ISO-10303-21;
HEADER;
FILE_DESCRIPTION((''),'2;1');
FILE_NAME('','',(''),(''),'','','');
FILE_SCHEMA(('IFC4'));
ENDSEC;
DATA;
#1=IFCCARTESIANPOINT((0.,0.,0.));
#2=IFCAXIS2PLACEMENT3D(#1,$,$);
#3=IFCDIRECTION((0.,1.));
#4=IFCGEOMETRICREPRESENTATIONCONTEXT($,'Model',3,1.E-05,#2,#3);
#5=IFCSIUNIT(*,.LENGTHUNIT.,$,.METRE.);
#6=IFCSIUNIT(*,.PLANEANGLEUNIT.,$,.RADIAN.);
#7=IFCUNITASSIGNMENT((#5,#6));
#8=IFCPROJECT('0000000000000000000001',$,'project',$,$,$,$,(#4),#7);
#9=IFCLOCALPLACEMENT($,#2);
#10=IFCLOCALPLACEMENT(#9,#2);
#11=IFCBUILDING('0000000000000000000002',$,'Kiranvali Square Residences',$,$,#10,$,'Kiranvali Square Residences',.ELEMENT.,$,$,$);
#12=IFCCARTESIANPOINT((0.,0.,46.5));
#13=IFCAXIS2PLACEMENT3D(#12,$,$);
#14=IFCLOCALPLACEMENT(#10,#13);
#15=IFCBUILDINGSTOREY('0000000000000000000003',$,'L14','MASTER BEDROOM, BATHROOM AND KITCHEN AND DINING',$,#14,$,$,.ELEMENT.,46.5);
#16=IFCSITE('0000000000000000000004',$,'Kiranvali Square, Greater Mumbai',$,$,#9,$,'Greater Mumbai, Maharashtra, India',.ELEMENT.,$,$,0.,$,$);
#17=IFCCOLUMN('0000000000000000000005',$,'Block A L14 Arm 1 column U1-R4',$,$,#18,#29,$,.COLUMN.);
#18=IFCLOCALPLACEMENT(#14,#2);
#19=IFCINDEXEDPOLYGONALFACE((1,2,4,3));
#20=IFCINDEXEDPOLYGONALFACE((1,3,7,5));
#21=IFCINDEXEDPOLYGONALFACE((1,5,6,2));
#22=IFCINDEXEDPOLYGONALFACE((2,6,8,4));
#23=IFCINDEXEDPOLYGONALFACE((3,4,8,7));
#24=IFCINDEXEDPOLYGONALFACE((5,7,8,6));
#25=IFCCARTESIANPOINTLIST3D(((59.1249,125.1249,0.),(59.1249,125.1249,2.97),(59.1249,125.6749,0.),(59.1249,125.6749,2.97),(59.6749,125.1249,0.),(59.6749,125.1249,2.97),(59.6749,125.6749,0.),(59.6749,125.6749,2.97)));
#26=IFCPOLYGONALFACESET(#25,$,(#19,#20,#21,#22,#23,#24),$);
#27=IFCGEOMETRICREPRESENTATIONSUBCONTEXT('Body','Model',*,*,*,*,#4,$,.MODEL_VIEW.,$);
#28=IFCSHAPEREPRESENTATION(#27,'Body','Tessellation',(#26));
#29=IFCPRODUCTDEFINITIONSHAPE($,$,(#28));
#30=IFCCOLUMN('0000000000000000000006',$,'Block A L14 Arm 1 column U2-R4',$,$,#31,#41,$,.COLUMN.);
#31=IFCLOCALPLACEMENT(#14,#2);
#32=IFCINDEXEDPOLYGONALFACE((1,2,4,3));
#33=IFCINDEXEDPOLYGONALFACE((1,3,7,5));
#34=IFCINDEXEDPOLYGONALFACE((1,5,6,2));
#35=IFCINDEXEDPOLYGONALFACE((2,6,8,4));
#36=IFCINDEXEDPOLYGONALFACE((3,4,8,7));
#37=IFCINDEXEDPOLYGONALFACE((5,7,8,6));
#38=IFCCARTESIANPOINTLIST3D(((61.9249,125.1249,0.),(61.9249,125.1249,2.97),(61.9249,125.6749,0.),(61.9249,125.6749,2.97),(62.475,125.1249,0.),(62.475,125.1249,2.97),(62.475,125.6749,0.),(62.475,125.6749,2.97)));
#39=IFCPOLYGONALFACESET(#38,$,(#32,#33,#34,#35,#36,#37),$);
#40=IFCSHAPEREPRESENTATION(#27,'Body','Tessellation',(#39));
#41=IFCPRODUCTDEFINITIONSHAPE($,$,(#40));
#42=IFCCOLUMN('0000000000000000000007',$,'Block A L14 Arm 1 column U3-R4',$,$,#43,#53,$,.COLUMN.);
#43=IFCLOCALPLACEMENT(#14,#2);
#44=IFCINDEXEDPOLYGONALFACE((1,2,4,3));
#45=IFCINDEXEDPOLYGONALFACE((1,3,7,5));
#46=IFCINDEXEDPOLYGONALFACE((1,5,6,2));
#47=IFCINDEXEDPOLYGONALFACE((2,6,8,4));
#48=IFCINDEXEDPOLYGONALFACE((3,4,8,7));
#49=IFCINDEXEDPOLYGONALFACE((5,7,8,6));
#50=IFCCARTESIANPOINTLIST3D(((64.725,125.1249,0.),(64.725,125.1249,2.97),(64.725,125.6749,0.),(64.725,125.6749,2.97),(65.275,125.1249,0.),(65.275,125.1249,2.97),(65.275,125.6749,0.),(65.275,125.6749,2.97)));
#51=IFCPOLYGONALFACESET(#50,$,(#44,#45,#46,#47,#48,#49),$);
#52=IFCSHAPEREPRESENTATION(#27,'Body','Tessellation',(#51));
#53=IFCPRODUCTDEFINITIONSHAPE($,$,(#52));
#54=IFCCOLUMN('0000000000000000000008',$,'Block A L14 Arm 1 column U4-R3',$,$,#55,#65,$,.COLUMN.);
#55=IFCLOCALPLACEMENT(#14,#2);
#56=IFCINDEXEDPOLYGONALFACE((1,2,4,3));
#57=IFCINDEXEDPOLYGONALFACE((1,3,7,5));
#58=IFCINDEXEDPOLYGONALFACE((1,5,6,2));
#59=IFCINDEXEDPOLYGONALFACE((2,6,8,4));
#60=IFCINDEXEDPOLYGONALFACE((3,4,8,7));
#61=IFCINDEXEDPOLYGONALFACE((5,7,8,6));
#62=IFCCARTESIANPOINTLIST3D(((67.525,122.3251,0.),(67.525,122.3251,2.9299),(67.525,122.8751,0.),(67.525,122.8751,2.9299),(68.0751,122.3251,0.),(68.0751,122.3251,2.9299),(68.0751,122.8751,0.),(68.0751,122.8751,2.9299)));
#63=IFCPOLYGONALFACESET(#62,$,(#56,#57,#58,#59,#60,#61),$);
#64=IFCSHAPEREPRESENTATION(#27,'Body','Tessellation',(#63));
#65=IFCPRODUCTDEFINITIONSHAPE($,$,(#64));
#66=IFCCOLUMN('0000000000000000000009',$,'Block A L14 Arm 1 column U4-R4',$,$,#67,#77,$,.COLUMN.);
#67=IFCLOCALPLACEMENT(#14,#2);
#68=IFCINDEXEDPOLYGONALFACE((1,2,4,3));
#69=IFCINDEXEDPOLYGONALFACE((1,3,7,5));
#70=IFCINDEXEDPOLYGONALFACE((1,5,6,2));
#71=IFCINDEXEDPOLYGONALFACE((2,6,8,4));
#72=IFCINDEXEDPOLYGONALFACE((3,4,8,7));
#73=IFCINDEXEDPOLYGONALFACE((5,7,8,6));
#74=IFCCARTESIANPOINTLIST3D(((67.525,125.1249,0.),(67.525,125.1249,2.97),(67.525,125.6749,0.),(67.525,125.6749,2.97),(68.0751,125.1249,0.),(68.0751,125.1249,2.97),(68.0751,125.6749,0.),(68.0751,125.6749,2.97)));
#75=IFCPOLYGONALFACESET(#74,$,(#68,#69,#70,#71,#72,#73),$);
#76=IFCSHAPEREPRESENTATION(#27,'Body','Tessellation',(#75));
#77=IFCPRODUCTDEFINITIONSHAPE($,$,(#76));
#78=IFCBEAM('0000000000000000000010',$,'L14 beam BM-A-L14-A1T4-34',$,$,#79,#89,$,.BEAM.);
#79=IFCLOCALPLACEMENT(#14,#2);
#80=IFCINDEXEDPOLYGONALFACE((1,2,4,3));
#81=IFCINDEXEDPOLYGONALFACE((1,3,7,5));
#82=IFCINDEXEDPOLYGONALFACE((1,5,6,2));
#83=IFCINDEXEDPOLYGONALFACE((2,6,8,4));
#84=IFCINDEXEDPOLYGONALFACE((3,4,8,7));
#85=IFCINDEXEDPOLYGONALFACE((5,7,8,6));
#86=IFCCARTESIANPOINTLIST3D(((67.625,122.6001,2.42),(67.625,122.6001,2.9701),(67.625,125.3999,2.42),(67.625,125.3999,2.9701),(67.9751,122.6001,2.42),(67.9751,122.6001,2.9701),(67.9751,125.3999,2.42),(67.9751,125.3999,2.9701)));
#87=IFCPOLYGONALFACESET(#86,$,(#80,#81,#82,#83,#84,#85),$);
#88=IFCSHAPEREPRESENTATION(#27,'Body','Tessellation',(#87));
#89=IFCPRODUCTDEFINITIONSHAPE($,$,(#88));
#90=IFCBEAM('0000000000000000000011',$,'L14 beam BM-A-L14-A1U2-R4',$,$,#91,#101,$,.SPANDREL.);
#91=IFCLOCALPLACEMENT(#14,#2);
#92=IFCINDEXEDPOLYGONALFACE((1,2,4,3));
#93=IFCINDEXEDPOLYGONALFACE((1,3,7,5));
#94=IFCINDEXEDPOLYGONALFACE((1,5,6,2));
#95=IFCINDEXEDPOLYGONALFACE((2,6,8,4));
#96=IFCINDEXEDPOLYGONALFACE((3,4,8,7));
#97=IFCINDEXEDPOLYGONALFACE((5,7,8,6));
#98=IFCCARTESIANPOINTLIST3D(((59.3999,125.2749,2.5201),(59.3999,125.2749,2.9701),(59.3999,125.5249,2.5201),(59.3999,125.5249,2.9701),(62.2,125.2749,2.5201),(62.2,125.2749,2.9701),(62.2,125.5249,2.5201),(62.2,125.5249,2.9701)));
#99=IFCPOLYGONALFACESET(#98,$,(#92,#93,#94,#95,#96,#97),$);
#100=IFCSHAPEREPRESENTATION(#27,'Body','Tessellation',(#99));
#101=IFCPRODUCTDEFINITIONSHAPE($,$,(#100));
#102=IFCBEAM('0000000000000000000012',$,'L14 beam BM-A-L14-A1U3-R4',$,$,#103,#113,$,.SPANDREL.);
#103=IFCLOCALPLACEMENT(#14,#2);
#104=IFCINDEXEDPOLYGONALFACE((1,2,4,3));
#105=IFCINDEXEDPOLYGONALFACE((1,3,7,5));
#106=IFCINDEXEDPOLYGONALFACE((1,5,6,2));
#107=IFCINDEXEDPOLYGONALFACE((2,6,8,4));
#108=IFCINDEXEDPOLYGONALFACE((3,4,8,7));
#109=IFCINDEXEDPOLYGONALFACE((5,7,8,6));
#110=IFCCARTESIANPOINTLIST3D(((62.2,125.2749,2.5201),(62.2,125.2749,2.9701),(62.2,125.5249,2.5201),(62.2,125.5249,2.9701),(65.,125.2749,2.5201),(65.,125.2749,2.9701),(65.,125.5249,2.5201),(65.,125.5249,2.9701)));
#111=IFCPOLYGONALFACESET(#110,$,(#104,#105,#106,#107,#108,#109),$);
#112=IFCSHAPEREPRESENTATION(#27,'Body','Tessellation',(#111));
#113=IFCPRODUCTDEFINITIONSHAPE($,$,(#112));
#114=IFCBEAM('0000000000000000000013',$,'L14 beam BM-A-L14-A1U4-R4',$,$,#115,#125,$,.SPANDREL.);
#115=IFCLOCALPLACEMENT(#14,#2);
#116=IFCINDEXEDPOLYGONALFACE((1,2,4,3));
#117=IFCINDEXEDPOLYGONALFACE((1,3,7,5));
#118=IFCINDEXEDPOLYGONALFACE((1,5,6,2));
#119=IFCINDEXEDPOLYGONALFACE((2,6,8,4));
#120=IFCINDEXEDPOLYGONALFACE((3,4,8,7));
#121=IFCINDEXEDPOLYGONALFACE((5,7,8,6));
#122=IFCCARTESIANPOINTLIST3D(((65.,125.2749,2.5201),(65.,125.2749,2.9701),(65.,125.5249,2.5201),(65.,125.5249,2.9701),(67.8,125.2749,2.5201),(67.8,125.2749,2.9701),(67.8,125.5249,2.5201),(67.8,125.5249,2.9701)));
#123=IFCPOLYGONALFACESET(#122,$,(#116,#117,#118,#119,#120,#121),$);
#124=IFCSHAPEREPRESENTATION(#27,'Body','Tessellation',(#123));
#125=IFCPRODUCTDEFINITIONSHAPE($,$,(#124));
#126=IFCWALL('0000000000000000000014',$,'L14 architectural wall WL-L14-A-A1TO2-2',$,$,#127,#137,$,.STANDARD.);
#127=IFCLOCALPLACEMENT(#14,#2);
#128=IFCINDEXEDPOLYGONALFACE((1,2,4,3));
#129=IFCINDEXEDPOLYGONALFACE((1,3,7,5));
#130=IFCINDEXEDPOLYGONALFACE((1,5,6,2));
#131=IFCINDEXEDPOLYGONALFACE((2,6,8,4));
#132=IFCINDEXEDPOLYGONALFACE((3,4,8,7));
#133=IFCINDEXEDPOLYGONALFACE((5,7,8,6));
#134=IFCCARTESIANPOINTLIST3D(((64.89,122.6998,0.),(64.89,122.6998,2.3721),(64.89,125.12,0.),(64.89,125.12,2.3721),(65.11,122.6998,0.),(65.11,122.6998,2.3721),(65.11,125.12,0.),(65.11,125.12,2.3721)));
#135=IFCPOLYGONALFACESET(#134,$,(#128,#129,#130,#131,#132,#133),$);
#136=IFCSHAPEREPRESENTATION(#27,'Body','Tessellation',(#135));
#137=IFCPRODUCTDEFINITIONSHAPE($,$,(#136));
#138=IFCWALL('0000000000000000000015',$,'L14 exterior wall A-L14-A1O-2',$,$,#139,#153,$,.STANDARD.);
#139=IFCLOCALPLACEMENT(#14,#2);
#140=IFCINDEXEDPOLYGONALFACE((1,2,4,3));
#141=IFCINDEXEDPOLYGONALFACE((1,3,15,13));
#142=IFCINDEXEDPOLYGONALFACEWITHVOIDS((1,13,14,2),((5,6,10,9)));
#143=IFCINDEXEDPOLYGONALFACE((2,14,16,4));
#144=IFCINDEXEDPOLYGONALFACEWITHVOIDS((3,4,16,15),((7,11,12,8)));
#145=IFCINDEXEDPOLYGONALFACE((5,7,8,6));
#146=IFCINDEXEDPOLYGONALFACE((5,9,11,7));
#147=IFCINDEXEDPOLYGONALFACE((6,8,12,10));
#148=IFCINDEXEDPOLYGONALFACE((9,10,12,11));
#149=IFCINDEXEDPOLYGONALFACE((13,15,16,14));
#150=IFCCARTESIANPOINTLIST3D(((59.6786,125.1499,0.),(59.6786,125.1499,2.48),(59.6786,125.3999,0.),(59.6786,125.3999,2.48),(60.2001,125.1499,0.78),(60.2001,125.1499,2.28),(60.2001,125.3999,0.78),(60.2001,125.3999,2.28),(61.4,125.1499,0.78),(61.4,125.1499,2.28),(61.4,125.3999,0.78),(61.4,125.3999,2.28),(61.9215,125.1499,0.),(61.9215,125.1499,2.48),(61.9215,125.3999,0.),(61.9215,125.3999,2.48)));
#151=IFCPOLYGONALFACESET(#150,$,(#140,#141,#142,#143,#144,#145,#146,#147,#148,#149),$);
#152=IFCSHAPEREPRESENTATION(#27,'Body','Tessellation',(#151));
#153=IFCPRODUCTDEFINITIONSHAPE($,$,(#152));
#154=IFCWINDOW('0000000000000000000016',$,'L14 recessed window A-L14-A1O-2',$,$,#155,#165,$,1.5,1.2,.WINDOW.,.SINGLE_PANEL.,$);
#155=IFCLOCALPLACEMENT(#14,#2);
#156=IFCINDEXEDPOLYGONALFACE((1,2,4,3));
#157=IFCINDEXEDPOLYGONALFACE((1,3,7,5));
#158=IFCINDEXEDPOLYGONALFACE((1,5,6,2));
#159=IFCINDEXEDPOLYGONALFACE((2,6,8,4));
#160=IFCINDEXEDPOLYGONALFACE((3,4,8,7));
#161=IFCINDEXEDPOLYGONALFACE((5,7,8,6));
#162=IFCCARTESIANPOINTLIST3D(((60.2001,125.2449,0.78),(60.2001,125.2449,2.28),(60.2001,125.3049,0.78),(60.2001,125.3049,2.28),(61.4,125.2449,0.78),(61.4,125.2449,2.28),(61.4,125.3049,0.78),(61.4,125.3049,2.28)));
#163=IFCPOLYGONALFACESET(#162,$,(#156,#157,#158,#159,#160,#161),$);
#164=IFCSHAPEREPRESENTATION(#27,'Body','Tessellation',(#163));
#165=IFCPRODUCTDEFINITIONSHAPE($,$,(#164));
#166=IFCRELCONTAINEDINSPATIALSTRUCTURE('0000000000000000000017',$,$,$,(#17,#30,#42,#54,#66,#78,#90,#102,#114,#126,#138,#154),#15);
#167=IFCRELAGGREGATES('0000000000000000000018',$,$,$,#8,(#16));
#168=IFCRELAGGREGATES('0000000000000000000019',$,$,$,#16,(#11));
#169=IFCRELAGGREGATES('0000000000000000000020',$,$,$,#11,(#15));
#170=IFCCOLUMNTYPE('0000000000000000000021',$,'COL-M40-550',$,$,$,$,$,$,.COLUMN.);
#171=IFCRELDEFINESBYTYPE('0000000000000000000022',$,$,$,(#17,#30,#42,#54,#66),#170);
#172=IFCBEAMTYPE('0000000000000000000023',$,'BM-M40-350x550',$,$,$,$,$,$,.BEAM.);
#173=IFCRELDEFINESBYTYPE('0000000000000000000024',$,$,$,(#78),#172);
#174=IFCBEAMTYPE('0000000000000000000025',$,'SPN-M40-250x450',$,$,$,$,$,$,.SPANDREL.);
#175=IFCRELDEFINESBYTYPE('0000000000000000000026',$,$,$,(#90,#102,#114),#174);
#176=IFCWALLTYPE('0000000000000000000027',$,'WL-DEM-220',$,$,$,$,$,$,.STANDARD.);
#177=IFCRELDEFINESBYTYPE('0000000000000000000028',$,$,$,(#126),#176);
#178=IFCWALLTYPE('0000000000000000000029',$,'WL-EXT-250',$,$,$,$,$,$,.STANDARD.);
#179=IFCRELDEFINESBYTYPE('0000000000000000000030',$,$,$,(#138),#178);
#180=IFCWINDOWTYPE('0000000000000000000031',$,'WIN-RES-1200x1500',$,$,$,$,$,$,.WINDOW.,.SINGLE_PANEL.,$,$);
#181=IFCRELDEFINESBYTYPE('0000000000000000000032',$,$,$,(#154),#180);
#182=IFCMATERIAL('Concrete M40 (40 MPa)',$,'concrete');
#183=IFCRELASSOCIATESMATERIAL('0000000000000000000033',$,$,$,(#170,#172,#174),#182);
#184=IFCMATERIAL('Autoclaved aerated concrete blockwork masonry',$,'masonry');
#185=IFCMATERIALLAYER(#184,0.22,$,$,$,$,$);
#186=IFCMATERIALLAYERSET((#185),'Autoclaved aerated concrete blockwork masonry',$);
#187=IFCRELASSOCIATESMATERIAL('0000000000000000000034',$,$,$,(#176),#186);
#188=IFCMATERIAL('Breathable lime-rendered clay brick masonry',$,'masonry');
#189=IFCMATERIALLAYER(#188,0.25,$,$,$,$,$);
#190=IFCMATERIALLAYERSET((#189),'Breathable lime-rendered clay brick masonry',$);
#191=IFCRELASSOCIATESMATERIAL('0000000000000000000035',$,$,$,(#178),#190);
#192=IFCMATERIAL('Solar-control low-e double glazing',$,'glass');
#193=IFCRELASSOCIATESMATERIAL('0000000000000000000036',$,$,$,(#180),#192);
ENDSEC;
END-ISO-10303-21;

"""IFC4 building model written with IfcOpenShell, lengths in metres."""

from ifc_helpers import new_model, si_unit, direction, frame, frame_2d, origin, origin_2d, place, context, subcontext, project, spatial, rectangle, extrude, material, layer, layer_set, material_profile, profile_set, type_object, element, fill, save


model = new_model("IFC4")

# Units and contexts
model_context = context("Model", 3, precision=1e-05, world=origin(), true_north=direction((0.0, 1.0)))
body_context = subcontext(model_context, "Body", "Model", "MODEL_VIEW")
ifc_project = project(units=[si_unit("LENGTHUNIT", "METRE"), si_unit("PLANEANGLEUNIT", "RADIAN")], contexts=[model_context])

# Site, building, storey
site_placement = place(None, origin())
site = spatial("IfcSite", under=ifc_project, at=site_placement, Name="Kiranvali Square, Greater Mumbai", LongName="Greater Mumbai, Maharashtra, India", CompositionType="ELEMENT", RefElevation=0.0)
building_placement = place(site_placement, origin())
building = spatial("IfcBuilding", under=site, at=building_placement, Name="Kiranvali Square Residences", LongName="Kiranvali Square Residences", CompositionType="ELEMENT")
storey_placement = place(building_placement, frame((0.0, 0.0, 46.5)))
storey = spatial("IfcBuildingStorey", under=building, at=storey_placement, Name="L14", Description="MASTER BEDROOM, BATHROOM AND KITCHEN AND DINING", CompositionType="ELEMENT", Elevation=46.5)

# Columns
ifc_material_1 = material(Name="Concrete M40 (40 MPa)", Category="concrete")
ifc_material_profile_1 = material_profile(ifc_material_1, rectangle(XDim=0.55, YDim=0.55, at=origin_2d()), Name="RC 550x550")
ifc_profile_set_1 = profile_set([ifc_material_profile_1], Name="Concrete M40 (40 MPa)")
column_type = type_object("IfcColumnType", Name="COL-M40-550", PredefinedType="COLUMN", material=ifc_profile_set_1)
for number, where, z_axis, x_axis, name in (
    (1, (59.3999, 125.3999, 0.0), (0.0, 0.0, 1.0), (1.0, 0.0, 0.0), "Block A L14 Arm 1 column U1-R4"),
    (2, (62.2, 125.3999, 0.0), (0.0, 0.0, 1.0), (1.0, 0.0, 0.0), "Block A L14 Arm 1 column U2-R4"),
    (3, (65.0, 125.3999, 0.0), (0.0, 0.0, 1.0), (1.0, 0.0, 0.0), "Block A L14 Arm 1 column U3-R4"),
):
    element("IfcColumn", number, at=place(storey_placement, frame(where, z_axis=z_axis, x_axis=x_axis)), inside=storey, type_object=column_type, Name=name, PredefinedType="COLUMN", context=body_context, shape_type="SweptSolid", body=[
        extrude(rectangle(XDim=0.55, YDim=0.55, at=origin_2d()), origin(), (0.0, 0.0, 1.0), 2.97),
    ])
column_1_placement = place(storey_placement, frame((67.8, 122.6001, 0.0), z_axis=(0.0, 0.0, 1.0), x_axis=(1.0, 0.0, 0.0)))
element("IfcColumn", 4, at=column_1_placement, inside=storey, type_object=column_type, Name="Block A L14 Arm 1 column U4-R3", PredefinedType="COLUMN", context=body_context, shape_type="SweptSolid", body=[
    extrude(rectangle(XDim=0.55, YDim=0.55, at=origin_2d()), origin(), (0.0, 0.0, 1.0), 2.9299),
])
column_2_placement = place(storey_placement, frame((67.8, 125.3999, 0.0), z_axis=(0.0, 0.0, 1.0), x_axis=(1.0, 0.0, 0.0)))
element("IfcColumn", 5, at=column_2_placement, inside=storey, type_object=column_type, Name="Block A L14 Arm 1 column U4-R4", PredefinedType="COLUMN", context=body_context, shape_type="SweptSolid", body=[
    extrude(rectangle(XDim=0.55, YDim=0.55, at=origin_2d()), origin(), (0.0, 0.0, 1.0), 2.97),
])

# Beams
ifc_material_profile_2 = material_profile(ifc_material_1, rectangle(XDim=0.3501, YDim=0.55, at=origin_2d()), Name="RC 350x550")
ifc_profile_set_2 = profile_set([ifc_material_profile_2], Name="Concrete M40 (40 MPa)")
beam_type_1 = type_object("IfcBeamType", Name="BM-M40-350x550", PredefinedType="BEAM", material=ifc_profile_set_2)
beam_placement = place(storey_placement, frame((67.8, 122.6001, 2.6951), z_axis=(0.0, 1.0, 0.0), x_axis=(-1.0, 0.0, 0.0)))
element("IfcBeam", 6, at=beam_placement, inside=storey, type_object=beam_type_1, Name="L14 beam BM-A-L14-A1T4-34", PredefinedType="BEAM", context=body_context, shape_type="SweptSolid", body=[
    extrude(rectangle(XDim=0.3501, YDim=0.55, at=origin_2d()), origin(), (0.0, 0.0, 1.0), 2.7998),
])
ifc_material_profile_3 = material_profile(ifc_material_1, rectangle(XDim=0.25, YDim=0.45, at=origin_2d()), Name="RC 250x450")
ifc_profile_set_3 = profile_set([ifc_material_profile_3], Name="Concrete M40 (40 MPa)")
beam_type_2 = type_object("IfcBeamType", Name="SPN-M40-250x450", PredefinedType="SPANDREL", material=ifc_profile_set_3)
for number, where, z_axis, x_axis, name in (
    (7, (59.3999, 125.3999, 2.7451), (1.0, 0.0, 0.0), (0.0, 1.0, 0.0), "L14 beam BM-A-L14-A1U2-R4"),
    (8, (62.2, 125.3999, 2.7451), (1.0, 0.0, 0.0), (0.0, 1.0, 0.0), "L14 beam BM-A-L14-A1U3-R4"),
    (9, (65.0, 125.3999, 2.7451), (1.0, 0.0, 0.0), (0.0, 1.0, 0.0), "L14 beam BM-A-L14-A1U4-R4"),
):
    element("IfcBeam", number, at=place(storey_placement, frame(where, z_axis=z_axis, x_axis=x_axis)), inside=storey, type_object=beam_type_2, Name=name, PredefinedType="SPANDREL", context=body_context, shape_type="SweptSolid", body=[
        extrude(rectangle(XDim=0.25, YDim=0.45, at=origin_2d()), origin(), (0.0, 0.0, 1.0), 2.8),
    ])

# Wall
ifc_material_2 = material(Name="Autoclaved aerated concrete blockwork masonry", Category="masonry")
ifc_layer_1 = layer(ifc_material_2, 0.22)
ifc_layer_set_1 = layer_set([ifc_layer_1], Name="Autoclaved aerated concrete blockwork masonry")
wall_type_1 = type_object("IfcWallType", Name="WL-DEM-220", PredefinedType="STANDARD", material=ifc_layer_set_1)
wall_1_placement = place(storey_placement, frame((65.0, 122.7, 0.0), z_axis=(0.0, 0.0, 1.0), x_axis=(0.0, 1.0, 0.0)))
element("IfcWall", 10, at=wall_1_placement, inside=storey, type_object=wall_type_1, Name="L14 architectural wall WL-L14-A-A1TO2-2", PredefinedType="STANDARD", context=body_context, shape_type="SweptSolid", body=[
    extrude(rectangle(XDim=2.4202, YDim=0.22, at=frame_2d((1.21, 0.0))), origin(), (0.0, 0.0, 1.0), 2.3721),
])

# Wall, opening, window
ifc_material_3 = material(Name="Breathable lime-rendered clay brick masonry", Category="masonry")
ifc_layer_2 = layer(ifc_material_3, 0.25)
ifc_layer_set_2 = layer_set([ifc_layer_2], Name="Breathable lime-rendered clay brick masonry")
wall_type_2 = type_object("IfcWallType", Name="WL-EXT-250", PredefinedType="STANDARD", material=ifc_layer_set_2)
wall_2_placement = place(storey_placement, frame((59.6785, 125.2749, 0.0), z_axis=(0.0, 0.0, 1.0), x_axis=(1.0, 0.0, 0.0)))
wall_2 = element("IfcWall", 11, at=wall_2_placement, inside=storey, type_object=wall_type_2, Name="L14 exterior wall A-L14-A1O-2", PredefinedType="STANDARD", context=body_context, shape_type="SweptSolid", body=[
    extrude(rectangle(XDim=2.2429, YDim=0.25, at=frame_2d((1.1216, 0.0))), origin(), (0.0, 0.0, 1.0), 2.48),
])
opening_1_placement = place(wall_2_placement, frame((0.5215, 0.0, 0.78)))
opening_1 = element("IfcOpeningElement", 12, at=opening_1_placement, cuts=wall_2, PredefinedType="OPENING", context=body_context, shape_type="SweptSolid", body=[
    extrude(rectangle(XDim=1.2, YDim=1.5, at=frame_2d((0.6001, 0.75))), frame((0.0, 0.135, 0.0), z_axis=(0.0, -1.0, 0.0), x_axis=(1.0, 0.0, 0.0)), (0.0, 0.0, 1.0), 0.27),
])
ifc_material_4 = material(Name="Solar-control low-e double glazing", Category="glass")
window_type_1 = type_object("IfcWindowType", Name="WIN-RES-1200x1500", PartitioningType="SINGLE_PANEL", PredefinedType="WINDOW", material=ifc_material_4)
window_1_placement = place(opening_1_placement, origin())
window_1 = element("IfcWindow", 13, at=window_1_placement, inside=storey, type_object=window_type_1, Name="L14 recessed window A-L14-A1O-2", OverallHeight=1.5, OverallWidth=1.2, PartitioningType="SINGLE_PANEL", PredefinedType="WINDOW", context=body_context, shape_type="SweptSolid", body=[
    extrude(rectangle(XDim=1.2, YDim=1.5, at=frame_2d((0.6001, 0.75))), frame((0.0, 0.03, 0.0), z_axis=(0.0, -1.0, 0.0), x_axis=(1.0, 0.0, 0.0)), (0.0, 0.0, 1.0), 0.0601),
])
fill(opening_1, window_1)

save(model, "model.ifc")
